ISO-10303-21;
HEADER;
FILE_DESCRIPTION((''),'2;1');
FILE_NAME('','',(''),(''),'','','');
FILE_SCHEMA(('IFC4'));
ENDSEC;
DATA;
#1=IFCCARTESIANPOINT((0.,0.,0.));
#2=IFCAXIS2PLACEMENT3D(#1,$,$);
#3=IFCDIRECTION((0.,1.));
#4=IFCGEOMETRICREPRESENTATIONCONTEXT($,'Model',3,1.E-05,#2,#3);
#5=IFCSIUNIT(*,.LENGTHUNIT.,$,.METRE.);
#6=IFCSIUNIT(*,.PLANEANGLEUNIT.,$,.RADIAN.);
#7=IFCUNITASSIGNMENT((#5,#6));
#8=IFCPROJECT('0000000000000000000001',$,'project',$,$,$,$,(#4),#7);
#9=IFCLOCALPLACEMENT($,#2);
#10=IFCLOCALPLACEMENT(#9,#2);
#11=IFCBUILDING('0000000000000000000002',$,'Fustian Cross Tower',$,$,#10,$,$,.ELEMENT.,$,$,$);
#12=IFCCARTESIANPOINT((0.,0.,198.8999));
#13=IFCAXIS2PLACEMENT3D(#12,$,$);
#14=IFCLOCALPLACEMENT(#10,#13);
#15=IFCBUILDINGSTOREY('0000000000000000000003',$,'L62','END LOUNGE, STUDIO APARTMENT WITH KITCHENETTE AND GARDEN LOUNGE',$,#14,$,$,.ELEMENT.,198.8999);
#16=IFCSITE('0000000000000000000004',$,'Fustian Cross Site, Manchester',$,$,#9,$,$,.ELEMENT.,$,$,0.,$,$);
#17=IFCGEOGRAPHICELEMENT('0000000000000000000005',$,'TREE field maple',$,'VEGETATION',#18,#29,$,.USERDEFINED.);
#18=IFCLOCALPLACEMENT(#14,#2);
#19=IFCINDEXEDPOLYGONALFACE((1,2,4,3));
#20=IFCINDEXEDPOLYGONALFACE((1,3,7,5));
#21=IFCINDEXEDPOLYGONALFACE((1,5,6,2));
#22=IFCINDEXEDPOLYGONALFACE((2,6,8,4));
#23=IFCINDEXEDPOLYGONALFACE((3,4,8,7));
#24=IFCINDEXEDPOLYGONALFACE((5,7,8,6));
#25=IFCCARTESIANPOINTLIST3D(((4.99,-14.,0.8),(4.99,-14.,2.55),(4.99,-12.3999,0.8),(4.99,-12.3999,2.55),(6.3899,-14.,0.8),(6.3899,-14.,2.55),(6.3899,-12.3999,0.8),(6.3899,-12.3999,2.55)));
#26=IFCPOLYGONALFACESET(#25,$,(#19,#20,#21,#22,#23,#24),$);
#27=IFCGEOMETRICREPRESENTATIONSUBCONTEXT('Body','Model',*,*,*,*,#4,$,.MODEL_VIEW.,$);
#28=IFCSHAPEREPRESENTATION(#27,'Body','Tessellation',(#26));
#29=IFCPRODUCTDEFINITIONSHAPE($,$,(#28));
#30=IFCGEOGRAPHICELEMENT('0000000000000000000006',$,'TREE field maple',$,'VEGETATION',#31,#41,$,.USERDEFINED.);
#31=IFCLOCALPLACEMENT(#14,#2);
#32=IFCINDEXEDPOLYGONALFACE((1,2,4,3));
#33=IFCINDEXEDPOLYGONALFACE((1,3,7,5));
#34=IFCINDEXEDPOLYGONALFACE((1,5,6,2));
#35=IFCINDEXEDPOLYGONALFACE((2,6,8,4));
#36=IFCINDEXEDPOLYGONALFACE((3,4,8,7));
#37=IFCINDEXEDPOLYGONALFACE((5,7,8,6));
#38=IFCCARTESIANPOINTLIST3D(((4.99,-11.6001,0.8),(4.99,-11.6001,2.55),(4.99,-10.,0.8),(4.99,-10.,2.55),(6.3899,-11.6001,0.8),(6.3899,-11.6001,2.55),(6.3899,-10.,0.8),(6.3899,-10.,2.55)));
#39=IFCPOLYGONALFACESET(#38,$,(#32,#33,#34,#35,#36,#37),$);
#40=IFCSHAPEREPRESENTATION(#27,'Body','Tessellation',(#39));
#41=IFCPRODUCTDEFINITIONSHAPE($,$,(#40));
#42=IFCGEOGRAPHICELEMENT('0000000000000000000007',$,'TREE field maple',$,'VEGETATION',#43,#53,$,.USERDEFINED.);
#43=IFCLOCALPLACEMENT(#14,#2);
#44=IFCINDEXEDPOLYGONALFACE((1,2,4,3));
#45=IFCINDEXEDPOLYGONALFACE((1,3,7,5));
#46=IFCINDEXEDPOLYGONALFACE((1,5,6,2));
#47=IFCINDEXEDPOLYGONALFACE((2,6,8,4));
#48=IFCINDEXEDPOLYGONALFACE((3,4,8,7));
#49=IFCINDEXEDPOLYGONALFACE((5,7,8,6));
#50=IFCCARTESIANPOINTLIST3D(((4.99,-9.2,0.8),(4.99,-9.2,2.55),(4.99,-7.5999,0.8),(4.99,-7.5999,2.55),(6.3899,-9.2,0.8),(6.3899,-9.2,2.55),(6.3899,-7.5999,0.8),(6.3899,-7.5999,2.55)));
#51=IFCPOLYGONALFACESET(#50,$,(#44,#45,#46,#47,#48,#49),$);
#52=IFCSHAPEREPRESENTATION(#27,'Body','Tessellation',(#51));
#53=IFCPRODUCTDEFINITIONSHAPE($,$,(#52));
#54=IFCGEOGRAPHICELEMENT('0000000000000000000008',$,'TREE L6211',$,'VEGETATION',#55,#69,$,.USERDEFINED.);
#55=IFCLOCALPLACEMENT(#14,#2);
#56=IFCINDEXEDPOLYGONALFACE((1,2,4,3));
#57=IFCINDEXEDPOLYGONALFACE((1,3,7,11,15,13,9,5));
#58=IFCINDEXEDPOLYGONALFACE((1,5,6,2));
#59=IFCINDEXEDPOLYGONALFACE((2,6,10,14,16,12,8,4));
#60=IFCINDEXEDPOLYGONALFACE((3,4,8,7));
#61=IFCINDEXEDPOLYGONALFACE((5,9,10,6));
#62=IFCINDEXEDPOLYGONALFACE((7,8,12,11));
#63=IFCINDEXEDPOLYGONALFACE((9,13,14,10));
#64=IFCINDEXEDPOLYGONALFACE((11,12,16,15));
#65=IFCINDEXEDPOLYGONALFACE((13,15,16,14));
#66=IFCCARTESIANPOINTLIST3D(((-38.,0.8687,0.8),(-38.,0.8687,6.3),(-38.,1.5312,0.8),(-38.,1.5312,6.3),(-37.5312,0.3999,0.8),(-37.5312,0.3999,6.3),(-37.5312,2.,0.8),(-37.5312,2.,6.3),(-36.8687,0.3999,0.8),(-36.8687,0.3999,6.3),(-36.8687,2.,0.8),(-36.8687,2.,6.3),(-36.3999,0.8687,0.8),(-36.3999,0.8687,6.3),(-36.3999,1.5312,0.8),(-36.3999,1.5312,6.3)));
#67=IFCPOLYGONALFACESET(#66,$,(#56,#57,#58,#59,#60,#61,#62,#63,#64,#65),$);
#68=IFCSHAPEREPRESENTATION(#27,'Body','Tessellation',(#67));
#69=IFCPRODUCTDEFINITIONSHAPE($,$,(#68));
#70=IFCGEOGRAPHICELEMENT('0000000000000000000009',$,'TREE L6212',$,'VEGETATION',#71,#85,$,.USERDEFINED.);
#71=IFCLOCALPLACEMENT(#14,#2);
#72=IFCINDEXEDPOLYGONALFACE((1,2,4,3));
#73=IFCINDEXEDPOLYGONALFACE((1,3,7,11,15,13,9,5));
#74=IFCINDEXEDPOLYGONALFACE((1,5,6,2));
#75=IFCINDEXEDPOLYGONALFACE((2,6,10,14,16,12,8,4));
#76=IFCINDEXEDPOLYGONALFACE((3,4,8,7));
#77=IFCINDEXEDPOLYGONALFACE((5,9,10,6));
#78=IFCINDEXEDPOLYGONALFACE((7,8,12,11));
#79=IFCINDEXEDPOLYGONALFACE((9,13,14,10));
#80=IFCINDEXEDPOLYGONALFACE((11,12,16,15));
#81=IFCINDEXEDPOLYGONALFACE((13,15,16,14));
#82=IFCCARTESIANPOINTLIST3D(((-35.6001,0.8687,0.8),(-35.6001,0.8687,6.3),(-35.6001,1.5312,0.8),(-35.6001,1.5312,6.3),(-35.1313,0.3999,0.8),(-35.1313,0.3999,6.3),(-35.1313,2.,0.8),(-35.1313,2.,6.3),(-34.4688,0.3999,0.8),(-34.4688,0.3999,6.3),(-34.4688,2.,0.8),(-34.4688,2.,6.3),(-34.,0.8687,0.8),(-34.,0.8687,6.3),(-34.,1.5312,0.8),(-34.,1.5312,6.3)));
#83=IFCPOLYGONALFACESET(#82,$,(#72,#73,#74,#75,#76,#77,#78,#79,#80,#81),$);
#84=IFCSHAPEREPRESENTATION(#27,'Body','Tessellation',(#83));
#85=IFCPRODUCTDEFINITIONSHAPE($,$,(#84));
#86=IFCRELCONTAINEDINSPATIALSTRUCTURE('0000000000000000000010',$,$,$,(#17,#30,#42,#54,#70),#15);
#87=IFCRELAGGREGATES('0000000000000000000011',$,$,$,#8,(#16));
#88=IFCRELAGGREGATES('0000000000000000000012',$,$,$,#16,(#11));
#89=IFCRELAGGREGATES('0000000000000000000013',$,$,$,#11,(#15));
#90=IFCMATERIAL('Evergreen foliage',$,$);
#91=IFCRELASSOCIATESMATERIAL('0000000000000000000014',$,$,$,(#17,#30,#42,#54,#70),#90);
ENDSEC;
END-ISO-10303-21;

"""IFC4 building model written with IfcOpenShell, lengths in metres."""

from ifc_helpers import new_model, si_unit, direction, frame, origin, origin_2d, place, context, subcontext, project, spatial, polyline, rectangle, outline, extrude, material, element, save


model = new_model("IFC4")

# Units and contexts
model_context = context("Model", 3, precision=1e-05, world=origin(), true_north=direction((0.0, 1.0)))
body_context = subcontext(model_context, "Body", "Model", "MODEL_VIEW")
ifc_project = project(units=[si_unit("LENGTHUNIT", "METRE"), si_unit("PLANEANGLEUNIT", "RADIAN")], contexts=[model_context])

# Site, building, storey
site_placement = place(None, origin())
site = spatial("IfcSite", under=ifc_project, at=site_placement, Name="Fustian Cross Site, Manchester", CompositionType="ELEMENT", RefElevation=0.0)
building_placement = place(site_placement, origin())
building = spatial("IfcBuilding", under=site, at=building_placement, Name="Fustian Cross Tower", CompositionType="ELEMENT")
storey_placement = place(building_placement, frame((0.0, 0.0, 198.8999)))
storey = spatial("IfcBuildingStorey", under=building, at=storey_placement, Name="L62", Description="END LOUNGE, STUDIO APARTMENT WITH KITCHENETTE AND GARDEN LOUNGE", CompositionType="ELEMENT", Elevation=198.8999)

# Geographic elements
ifc_material_1 = material(Name="Evergreen foliage")
for number, where, z_axis, x_axis, name in (
    (1, (5.6899, -13.2, 0.8), (0.0, 0.0, 1.0), (1.0, 0.0, 0.0), "TREE field maple"),
    (2, (5.6899, -10.8, 0.8), (0.0, 0.0, 1.0), (1.0, 0.0, 0.0), "TREE field maple"),
    (3, (5.6899, -8.3999, 0.8), (0.0, 0.0, 1.0), (1.0, 0.0, 0.0), "TREE field maple"),
):
    element("IfcGeographicElement", number, at=place(storey_placement, frame(where, z_axis=z_axis, x_axis=x_axis)), inside=storey, material=ifc_material_1, Name=name, ObjectType="VEGETATION", PredefinedType="USERDEFINED", context=body_context, shape_type="SweptSolid", body=[
        extrude(rectangle(XDim=1.3999, YDim=1.6001, at=origin_2d()), origin(), (0.0, 0.0, 1.0), 1.75),
    ])
geographic_element_1_placement = place(storey_placement, frame((0.0, 0.0, 0.8)))
element("IfcGeographicElement", 4, at=geographic_element_1_placement, inside=storey, material=ifc_material_1, Name="TREE L6211", ObjectType="VEGETATION", PredefinedType="USERDEFINED", context=body_context, shape_type="SweptSolid", body=[
    extrude(outline(polyline([(-36.3999, 1.5312), (-36.8687, 2.0), (-37.5312, 2.0), (-38.0, 1.5312), (-38.0, 0.8687), (-37.5312, 0.3999), (-36.8687, 0.3999), (-36.3999, 0.8687), (-36.3999, 1.5312)])), origin(), (0.0, 0.0, 1.0), 5.5),
])
geographic_element_2_placement = place(storey_placement, frame((0.0, 0.0, 0.8)))
element("IfcGeographicElement", 5, at=geographic_element_2_placement, inside=storey, material=ifc_material_1, Name="TREE L6212", ObjectType="VEGETATION", PredefinedType="USERDEFINED", context=body_context, shape_type="SweptSolid", body=[
    extrude(outline(polyline([(-34.0, 1.5312), (-34.4688, 2.0), (-35.1313, 2.0), (-35.6001, 1.5312), (-35.6001, 0.8687), (-35.1313, 0.3999), (-34.4688, 0.3999), (-34.0, 0.8687), (-34.0, 1.5312)])), origin(), (0.0, 0.0, 1.0), 5.5),
])

save(model, "model.ifc")
